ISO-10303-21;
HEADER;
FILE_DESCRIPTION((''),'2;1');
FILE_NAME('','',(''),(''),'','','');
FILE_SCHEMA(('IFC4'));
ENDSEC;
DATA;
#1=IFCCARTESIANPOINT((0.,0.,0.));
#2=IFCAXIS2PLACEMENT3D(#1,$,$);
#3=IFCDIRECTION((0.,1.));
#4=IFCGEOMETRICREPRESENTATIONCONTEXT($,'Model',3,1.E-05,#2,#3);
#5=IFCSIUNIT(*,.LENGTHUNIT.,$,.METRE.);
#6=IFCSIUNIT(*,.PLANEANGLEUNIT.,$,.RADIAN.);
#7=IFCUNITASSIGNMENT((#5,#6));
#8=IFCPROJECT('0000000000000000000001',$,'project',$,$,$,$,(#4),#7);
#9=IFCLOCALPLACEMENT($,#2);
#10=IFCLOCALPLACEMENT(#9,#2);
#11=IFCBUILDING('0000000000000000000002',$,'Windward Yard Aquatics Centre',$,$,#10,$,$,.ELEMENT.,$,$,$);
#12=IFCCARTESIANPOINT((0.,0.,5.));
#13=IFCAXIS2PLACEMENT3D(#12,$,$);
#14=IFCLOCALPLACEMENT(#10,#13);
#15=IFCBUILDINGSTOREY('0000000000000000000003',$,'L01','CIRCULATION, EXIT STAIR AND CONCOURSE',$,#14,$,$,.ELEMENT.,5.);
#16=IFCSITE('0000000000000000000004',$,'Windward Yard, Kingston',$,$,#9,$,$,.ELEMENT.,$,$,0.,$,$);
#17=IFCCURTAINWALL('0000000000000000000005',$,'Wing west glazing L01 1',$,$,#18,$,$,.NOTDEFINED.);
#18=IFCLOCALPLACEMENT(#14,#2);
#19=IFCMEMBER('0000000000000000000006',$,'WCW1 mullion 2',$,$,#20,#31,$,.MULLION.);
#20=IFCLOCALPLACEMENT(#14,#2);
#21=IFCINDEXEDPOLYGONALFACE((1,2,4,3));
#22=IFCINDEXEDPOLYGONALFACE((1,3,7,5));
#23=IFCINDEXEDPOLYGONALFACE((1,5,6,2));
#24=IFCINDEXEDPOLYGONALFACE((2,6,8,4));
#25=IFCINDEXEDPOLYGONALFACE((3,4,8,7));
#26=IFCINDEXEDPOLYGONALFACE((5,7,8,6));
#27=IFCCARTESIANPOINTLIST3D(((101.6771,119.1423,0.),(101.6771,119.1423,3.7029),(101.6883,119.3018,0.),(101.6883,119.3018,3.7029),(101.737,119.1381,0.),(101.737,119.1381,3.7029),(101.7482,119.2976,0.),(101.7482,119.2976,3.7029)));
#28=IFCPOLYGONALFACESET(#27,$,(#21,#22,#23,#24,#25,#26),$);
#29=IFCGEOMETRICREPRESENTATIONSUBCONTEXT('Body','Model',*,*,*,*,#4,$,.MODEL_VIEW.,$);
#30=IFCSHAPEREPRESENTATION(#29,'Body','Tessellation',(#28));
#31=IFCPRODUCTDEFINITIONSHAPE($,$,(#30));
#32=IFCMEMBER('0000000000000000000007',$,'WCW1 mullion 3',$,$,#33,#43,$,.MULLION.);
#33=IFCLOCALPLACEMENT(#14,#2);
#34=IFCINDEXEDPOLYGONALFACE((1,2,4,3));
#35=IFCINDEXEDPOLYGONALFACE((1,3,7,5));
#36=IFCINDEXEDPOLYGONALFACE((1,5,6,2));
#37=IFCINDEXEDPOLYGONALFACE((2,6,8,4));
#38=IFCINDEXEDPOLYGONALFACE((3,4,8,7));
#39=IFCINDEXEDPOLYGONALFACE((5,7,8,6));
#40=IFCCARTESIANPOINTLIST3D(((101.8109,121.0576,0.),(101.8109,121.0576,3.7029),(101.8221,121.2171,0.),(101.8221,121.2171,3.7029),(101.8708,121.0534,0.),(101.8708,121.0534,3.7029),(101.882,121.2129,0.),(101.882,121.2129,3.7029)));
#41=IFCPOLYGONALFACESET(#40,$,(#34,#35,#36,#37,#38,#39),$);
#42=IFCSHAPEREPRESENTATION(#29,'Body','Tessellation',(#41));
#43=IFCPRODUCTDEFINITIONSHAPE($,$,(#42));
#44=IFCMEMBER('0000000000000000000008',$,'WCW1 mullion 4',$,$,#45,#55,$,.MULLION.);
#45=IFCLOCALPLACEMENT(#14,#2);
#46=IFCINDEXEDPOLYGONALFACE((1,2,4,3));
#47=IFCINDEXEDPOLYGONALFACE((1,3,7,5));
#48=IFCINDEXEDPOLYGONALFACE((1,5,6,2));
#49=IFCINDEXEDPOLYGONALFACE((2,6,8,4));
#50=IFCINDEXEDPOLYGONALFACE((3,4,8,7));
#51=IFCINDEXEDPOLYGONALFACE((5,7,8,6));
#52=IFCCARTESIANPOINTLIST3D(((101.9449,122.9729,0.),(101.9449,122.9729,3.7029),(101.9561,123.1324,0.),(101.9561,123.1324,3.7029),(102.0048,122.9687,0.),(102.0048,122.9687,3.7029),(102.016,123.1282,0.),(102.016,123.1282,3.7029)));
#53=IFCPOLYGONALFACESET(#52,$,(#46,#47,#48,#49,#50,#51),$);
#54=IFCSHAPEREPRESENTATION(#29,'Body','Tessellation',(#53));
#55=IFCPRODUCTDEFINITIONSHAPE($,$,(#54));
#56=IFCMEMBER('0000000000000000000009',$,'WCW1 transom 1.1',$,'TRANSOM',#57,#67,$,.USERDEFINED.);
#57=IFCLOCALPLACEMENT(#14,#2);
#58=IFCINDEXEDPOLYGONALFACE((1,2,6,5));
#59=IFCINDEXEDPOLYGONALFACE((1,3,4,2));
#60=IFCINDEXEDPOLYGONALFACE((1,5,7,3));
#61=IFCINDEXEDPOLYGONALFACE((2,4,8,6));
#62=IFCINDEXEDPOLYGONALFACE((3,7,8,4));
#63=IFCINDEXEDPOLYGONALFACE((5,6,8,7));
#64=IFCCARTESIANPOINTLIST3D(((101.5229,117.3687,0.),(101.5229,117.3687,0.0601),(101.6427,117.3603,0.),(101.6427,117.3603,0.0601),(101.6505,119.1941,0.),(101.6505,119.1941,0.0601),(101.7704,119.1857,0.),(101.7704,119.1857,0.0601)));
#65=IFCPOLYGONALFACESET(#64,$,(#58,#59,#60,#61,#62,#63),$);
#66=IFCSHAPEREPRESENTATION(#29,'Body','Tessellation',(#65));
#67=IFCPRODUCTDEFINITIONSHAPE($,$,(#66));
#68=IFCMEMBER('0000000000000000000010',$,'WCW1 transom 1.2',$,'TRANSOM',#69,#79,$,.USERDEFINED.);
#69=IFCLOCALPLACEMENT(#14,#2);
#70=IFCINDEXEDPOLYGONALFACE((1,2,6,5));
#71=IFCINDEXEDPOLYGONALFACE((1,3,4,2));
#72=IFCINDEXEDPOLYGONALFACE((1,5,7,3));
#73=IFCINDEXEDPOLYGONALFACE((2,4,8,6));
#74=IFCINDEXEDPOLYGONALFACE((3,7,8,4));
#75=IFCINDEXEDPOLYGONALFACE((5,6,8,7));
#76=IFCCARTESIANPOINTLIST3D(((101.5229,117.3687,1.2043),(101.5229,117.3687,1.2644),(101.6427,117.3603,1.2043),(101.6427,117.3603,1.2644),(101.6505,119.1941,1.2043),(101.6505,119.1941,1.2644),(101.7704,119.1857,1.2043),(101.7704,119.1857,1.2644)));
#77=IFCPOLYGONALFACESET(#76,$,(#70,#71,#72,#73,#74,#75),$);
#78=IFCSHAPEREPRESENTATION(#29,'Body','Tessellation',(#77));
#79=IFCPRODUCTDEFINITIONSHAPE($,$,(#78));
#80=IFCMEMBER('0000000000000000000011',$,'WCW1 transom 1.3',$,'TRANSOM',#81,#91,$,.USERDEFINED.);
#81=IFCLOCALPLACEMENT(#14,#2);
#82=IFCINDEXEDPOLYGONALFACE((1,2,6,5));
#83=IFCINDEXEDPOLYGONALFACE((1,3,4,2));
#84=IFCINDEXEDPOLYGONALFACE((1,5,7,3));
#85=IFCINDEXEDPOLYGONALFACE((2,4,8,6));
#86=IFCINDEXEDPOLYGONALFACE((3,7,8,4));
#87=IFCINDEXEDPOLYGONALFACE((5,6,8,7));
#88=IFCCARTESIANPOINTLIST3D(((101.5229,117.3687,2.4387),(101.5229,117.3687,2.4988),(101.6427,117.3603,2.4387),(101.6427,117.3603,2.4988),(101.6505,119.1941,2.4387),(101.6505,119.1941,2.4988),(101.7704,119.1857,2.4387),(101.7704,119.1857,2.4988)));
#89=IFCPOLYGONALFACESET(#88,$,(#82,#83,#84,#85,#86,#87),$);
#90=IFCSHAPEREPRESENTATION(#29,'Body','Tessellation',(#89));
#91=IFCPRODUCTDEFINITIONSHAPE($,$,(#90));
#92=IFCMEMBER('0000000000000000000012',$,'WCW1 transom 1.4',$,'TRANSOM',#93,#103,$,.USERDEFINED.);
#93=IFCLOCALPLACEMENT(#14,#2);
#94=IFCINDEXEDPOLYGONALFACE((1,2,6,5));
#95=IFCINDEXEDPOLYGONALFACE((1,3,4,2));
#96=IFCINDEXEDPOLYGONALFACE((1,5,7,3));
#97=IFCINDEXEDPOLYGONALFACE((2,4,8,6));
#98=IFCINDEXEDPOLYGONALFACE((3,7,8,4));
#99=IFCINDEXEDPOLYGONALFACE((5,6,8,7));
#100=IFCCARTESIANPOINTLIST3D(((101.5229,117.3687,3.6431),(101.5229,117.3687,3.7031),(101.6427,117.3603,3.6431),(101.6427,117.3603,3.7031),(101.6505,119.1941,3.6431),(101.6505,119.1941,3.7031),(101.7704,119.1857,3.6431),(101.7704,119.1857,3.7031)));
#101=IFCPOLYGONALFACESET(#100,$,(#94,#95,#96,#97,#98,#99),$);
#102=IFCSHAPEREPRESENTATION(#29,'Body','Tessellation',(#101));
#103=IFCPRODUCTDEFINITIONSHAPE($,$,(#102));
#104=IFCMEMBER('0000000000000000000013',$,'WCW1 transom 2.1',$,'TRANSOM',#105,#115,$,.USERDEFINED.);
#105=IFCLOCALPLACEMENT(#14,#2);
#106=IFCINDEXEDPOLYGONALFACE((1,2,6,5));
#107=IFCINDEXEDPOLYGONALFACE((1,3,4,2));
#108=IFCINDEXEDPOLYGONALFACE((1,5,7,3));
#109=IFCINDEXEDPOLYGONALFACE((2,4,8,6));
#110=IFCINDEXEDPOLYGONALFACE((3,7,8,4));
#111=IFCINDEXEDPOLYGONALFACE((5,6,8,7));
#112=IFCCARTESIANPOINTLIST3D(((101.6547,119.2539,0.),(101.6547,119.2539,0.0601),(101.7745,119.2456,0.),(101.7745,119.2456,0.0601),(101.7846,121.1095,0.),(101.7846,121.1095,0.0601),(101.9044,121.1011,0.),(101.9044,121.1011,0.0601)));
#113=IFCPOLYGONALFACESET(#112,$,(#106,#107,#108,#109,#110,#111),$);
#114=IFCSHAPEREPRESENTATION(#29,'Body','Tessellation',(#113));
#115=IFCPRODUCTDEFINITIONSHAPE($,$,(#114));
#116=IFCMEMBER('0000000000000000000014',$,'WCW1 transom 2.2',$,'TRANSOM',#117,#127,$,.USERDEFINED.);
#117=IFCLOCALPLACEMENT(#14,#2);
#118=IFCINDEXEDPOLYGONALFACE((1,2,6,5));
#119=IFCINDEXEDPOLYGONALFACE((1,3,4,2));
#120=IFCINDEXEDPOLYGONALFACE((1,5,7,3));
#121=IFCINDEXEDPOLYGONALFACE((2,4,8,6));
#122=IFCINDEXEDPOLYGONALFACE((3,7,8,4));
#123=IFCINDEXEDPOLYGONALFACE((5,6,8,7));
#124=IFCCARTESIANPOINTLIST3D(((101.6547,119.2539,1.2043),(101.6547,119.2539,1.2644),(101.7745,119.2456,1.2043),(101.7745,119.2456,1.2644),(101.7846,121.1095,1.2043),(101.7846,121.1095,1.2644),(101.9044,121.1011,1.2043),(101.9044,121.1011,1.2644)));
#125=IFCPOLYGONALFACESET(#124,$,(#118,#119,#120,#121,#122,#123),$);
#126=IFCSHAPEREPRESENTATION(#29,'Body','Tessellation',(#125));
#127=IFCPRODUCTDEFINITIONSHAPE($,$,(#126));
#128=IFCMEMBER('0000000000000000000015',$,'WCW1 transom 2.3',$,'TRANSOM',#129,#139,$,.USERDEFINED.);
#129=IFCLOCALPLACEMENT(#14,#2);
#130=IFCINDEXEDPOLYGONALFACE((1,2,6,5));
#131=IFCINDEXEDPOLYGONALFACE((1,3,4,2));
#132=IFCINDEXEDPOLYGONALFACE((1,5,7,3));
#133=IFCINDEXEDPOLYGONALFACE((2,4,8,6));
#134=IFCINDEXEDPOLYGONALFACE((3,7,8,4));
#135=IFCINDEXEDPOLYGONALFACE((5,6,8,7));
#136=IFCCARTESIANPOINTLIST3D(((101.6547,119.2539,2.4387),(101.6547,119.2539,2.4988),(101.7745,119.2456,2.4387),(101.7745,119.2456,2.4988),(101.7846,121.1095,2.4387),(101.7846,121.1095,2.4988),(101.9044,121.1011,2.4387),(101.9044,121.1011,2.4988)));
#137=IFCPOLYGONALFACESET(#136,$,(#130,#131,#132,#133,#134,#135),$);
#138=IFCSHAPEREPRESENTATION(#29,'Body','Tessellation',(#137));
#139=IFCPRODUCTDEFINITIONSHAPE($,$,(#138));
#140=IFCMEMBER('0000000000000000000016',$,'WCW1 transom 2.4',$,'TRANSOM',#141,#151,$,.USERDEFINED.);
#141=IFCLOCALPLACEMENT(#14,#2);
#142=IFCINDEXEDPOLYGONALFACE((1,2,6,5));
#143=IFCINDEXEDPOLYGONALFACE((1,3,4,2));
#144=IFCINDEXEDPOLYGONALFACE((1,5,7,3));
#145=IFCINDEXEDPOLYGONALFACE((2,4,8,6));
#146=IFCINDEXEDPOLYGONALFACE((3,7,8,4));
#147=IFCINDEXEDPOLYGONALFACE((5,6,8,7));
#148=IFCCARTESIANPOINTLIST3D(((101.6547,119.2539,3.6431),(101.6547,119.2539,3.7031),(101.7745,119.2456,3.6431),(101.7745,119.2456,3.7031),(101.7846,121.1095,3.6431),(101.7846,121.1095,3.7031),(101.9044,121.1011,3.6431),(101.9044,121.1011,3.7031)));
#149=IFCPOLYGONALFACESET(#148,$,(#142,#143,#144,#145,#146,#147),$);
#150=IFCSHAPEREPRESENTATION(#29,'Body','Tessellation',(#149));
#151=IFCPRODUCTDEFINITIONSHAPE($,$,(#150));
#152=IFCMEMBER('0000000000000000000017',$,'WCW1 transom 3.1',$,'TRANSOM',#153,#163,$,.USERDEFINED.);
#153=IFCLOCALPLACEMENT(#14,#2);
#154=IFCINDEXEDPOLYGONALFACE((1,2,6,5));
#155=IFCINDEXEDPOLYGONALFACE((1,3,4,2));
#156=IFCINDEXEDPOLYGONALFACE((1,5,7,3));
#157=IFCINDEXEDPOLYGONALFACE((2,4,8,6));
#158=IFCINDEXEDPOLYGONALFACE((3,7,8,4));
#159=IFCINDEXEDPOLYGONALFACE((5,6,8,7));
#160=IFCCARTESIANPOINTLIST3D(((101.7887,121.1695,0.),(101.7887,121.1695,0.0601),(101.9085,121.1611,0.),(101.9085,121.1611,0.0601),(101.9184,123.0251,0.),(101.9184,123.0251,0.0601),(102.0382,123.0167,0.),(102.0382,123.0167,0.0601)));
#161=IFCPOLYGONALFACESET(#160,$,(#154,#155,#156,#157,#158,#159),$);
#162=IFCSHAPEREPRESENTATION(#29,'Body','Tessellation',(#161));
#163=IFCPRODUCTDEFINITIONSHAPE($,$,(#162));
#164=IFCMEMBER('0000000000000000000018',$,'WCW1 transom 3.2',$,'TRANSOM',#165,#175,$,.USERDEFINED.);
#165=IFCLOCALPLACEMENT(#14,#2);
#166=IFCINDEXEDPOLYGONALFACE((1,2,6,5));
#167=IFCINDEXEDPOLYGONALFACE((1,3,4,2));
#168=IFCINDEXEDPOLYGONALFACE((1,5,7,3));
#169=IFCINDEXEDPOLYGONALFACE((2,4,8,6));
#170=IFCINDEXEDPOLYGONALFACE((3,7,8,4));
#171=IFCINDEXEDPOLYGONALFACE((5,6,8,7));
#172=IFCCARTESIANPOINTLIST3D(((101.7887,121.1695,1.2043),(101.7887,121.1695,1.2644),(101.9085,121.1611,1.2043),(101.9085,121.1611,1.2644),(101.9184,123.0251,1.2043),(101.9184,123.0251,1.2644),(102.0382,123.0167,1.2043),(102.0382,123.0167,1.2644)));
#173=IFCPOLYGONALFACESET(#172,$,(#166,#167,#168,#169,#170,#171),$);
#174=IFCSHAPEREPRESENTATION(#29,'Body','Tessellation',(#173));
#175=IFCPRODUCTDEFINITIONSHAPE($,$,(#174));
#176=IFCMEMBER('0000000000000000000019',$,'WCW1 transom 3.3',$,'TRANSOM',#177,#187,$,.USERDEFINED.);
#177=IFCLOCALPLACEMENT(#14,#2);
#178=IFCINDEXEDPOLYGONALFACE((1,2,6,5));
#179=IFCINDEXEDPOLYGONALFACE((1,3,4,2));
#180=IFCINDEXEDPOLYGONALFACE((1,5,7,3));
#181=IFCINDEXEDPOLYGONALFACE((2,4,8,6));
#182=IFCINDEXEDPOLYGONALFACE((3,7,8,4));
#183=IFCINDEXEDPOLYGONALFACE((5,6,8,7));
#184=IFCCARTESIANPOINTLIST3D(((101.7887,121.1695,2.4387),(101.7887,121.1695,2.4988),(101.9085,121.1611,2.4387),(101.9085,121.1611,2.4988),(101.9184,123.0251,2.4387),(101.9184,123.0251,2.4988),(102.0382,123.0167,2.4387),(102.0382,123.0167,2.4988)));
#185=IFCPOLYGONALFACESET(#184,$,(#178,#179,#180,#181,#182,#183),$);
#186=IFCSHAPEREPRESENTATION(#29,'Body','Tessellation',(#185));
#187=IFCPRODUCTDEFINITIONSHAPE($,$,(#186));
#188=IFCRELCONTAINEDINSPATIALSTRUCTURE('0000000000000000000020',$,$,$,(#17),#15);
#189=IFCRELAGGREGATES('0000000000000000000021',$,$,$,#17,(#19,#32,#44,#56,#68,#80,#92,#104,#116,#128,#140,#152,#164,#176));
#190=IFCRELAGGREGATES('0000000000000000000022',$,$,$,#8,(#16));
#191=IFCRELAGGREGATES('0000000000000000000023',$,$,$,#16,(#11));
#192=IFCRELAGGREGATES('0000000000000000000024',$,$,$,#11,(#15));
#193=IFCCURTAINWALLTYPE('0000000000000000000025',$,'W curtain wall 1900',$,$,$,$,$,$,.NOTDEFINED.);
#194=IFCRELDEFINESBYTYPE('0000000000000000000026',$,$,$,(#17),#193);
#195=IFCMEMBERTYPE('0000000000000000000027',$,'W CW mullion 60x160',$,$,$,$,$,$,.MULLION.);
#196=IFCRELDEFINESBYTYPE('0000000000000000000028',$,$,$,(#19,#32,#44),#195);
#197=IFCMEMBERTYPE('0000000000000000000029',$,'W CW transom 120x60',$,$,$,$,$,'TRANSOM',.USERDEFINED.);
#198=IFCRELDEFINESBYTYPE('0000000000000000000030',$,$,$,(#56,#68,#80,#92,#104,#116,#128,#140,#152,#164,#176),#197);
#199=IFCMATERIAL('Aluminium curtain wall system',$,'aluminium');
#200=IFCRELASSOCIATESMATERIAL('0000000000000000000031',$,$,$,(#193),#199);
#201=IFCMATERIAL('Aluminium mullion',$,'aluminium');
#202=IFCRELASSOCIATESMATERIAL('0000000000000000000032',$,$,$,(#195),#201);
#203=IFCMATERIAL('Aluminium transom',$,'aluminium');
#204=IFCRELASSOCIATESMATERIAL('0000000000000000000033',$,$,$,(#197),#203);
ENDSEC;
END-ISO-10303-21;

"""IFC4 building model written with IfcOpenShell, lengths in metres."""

from ifc_helpers import new_model, si_unit, direction, frame, origin, origin_2d, place, context, subcontext, project, spatial, rectangle, extrude, material, material_profile, profile_set, type_object, element, aggregate, save


model = new_model("IFC4")

# Units and contexts
model_context = context("Model", 3, precision=1e-05, world=origin(), true_north=direction((0.0, 1.0)))
body_context = subcontext(model_context, "Body", "Model", "MODEL_VIEW")
ifc_project = project(units=[si_unit("LENGTHUNIT", "METRE"), si_unit("PLANEANGLEUNIT", "RADIAN")], contexts=[model_context])

# Site, building, storey
site_placement = place(None, origin())
site = spatial("IfcSite", under=ifc_project, at=site_placement, Name="Windward Yard, Kingston", CompositionType="ELEMENT", RefElevation=0.0)
building_placement = place(site_placement, origin())
building = spatial("IfcBuilding", under=site, at=building_placement, Name="Windward Yard Aquatics Centre", CompositionType="ELEMENT")
storey_placement = place(building_placement, frame((0.0, 0.0, 5.0)))
storey = spatial("IfcBuildingStorey", under=building, at=storey_placement, Name="L01", Description="CIRCULATION, EXIT STAIR AND CONCOURSE", CompositionType="ELEMENT", Elevation=5.0)

# Curtain wall, members
ifc_material_1 = material(Name="Aluminium curtain wall system", Category="aluminium")
curtain_wall_type = type_object("IfcCurtainWallType", Name="W curtain wall 1900", PredefinedType="NOTDEFINED", material=ifc_material_1)
curtain_wall_placement = place(storey_placement, origin())
curtain_wall = element("IfcCurtainWall", 1, at=curtain_wall_placement, inside=storey, type_object=curtain_wall_type, Name="Wing west glazing L01 1", PredefinedType="NOTDEFINED")
ifc_material_2 = material(Name="Aluminium mullion", Category="aluminium")
ifc_material_profile_1 = material_profile(ifc_material_2, rectangle(XDim=0.0601, YDim=0.1599, at=origin_2d()), Name="AL 60x160")
ifc_profile_set_1 = profile_set([ifc_material_profile_1], Name="Aluminium mullion")
member_type_1 = type_object("IfcMemberType", Name="W CW mullion 60x160", PredefinedType="MULLION", material=ifc_profile_set_1)
member_1_placement = place(storey_placement, frame((101.7126, 119.22, 0.0), z_axis=(0.0, 0.0, 1.0), x_axis=(-0.997564, 0.069755, 0.0)))
member_1 = element("IfcMember", 2, at=member_1_placement, type_object=member_type_1, Name="WCW1 mullion 2", PredefinedType="MULLION", context=body_context, shape_type="SweptSolid", body=[
    extrude(rectangle(XDim=0.0601, YDim=0.1599, at=origin_2d()), origin(), (0.0, 0.0, 1.0), 3.7029),
])
member_2_placement = place(storey_placement, frame((101.8464, 121.1353, 0.0), z_axis=(0.0, 0.0, 1.0), x_axis=(-0.997564, 0.069755, 0.0)))
member_2 = element("IfcMember", 3, at=member_2_placement, type_object=member_type_1, Name="WCW1 mullion 3", PredefinedType="MULLION", context=body_context, shape_type="SweptSolid", body=[
    extrude(rectangle(XDim=0.0601, YDim=0.1599, at=origin_2d()), origin(), (0.0, 0.0, 1.0), 3.7029),
])
member_3_placement = place(storey_placement, frame((101.9805, 123.0505, 0.0), z_axis=(0.0, 0.0, 1.0), x_axis=(-0.997564, 0.069755, 0.0)))
member_3 = element("IfcMember", 4, at=member_3_placement, type_object=member_type_1, Name="WCW1 mullion 4", PredefinedType="MULLION", context=body_context, shape_type="SweptSolid", body=[
    extrude(rectangle(XDim=0.0601, YDim=0.1599, at=origin_2d()), origin(), (0.0, 0.0, 1.0), 3.7029),
])
ifc_material_3 = material(Name="Aluminium transom", Category="aluminium")
ifc_material_profile_2 = material_profile(ifc_material_3, rectangle(XDim=0.1201, YDim=0.0601, at=origin_2d()), Name="AL 120x60")
ifc_profile_set_2 = profile_set([ifc_material_profile_2], Name="Aluminium transom")
member_type_2 = type_object("IfcMemberType", Name="W CW transom 120x60", ElementType="TRANSOM", PredefinedType="USERDEFINED", material=ifc_profile_set_2)
member_4_placement = place(storey_placement, frame((101.5828, 117.3645, 0.03), z_axis=(0.069777, 0.997563, 0.0), x_axis=(-0.997563, 0.069777, 0.0)))
member_4 = element("IfcMember", 5, at=member_4_placement, type_object=member_type_2, Name="WCW1 transom 1.1", ObjectType="TRANSOM", PredefinedType="USERDEFINED", context=body_context, shape_type="SweptSolid", body=[
    extrude(rectangle(XDim=0.1201, YDim=0.0601, at=origin_2d()), origin(), (0.0, 0.0, 1.0), 1.8298),
])
member_5_placement = place(storey_placement, frame((101.5828, 117.3645, 1.2344), z_axis=(0.069777, 0.997563, 0.0), x_axis=(-0.997563, 0.069777, 0.0)))
member_5 = element("IfcMember", 6, at=member_5_placement, type_object=member_type_2, Name="WCW1 transom 1.2", ObjectType="TRANSOM", PredefinedType="USERDEFINED", context=body_context, shape_type="SweptSolid", body=[
    extrude(rectangle(XDim=0.1201, YDim=0.0601, at=origin_2d()), origin(), (0.0, 0.0, 1.0), 1.8298),
])
member_6_placement = place(storey_placement, frame((101.5828, 117.3645, 2.4688), z_axis=(0.069777, 0.997563, 0.0), x_axis=(-0.997563, 0.069777, 0.0)))
member_6 = element("IfcMember", 7, at=member_6_placement, type_object=member_type_2, Name="WCW1 transom 1.3", ObjectType="TRANSOM", PredefinedType="USERDEFINED", context=body_context, shape_type="SweptSolid", body=[
    extrude(rectangle(XDim=0.1201, YDim=0.0601, at=origin_2d()), origin(), (0.0, 0.0, 1.0), 1.8298),
])
member_7_placement = place(storey_placement, frame((101.5828, 117.3645, 3.6731), z_axis=(0.069777, 0.997563, 0.0), x_axis=(-0.997563, 0.069777, 0.0)))
member_7 = element("IfcMember", 8, at=member_7_placement, type_object=member_type_2, Name="WCW1 transom 1.4", ObjectType="TRANSOM", PredefinedType="USERDEFINED", context=body_context, shape_type="SweptSolid", body=[
    extrude(rectangle(XDim=0.1201, YDim=0.0601, at=origin_2d()), origin(), (0.0, 0.0, 1.0), 1.8298),
])
member_8_placement = place(storey_placement, frame((101.7146, 119.2498, 0.03), z_axis=(0.069829, 0.997559, 0.0), x_axis=(-0.997559, 0.069829, 0.0)))
member_8 = element("IfcMember", 9, at=member_8_placement, type_object=member_type_2, Name="WCW1 transom 2.1", ObjectType="TRANSOM", PredefinedType="USERDEFINED", context=body_context, shape_type="SweptSolid", body=[
    extrude(rectangle(XDim=0.1201, YDim=0.0601, at=origin_2d()), origin(), (0.0, 0.0, 1.0), 1.8601),
])
member_9_placement = place(storey_placement, frame((101.7146, 119.2498, 1.2344), z_axis=(0.069829, 0.997559, 0.0), x_axis=(-0.997559, 0.069829, 0.0)))
member_9 = element("IfcMember", 10, at=member_9_placement, type_object=member_type_2, Name="WCW1 transom 2.2", ObjectType="TRANSOM", PredefinedType="USERDEFINED", context=body_context, shape_type="SweptSolid", body=[
    extrude(rectangle(XDim=0.1201, YDim=0.0601, at=origin_2d()), origin(), (0.0, 0.0, 1.0), 1.8601),
])
member_10_placement = place(storey_placement, frame((101.7146, 119.2498, 2.4688), z_axis=(0.069829, 0.997559, 0.0), x_axis=(-0.997559, 0.069829, 0.0)))
member_10 = element("IfcMember", 11, at=member_10_placement, type_object=member_type_2, Name="WCW1 transom 2.3", ObjectType="TRANSOM", PredefinedType="USERDEFINED", context=body_context, shape_type="SweptSolid", body=[
    extrude(rectangle(XDim=0.1201, YDim=0.0601, at=origin_2d()), origin(), (0.0, 0.0, 1.0), 1.8601),
])
member_11_placement = place(storey_placement, frame((101.7146, 119.2498, 3.6731), z_axis=(0.069829, 0.997559, 0.0), x_axis=(-0.997559, 0.069829, 0.0)))
member_11 = element("IfcMember", 12, at=member_11_placement, type_object=member_type_2, Name="WCW1 transom 2.4", ObjectType="TRANSOM", PredefinedType="USERDEFINED", context=body_context, shape_type="SweptSolid", body=[
    extrude(rectangle(XDim=0.1201, YDim=0.0601, at=origin_2d()), origin(), (0.0, 0.0, 1.0), 1.8601),
])
member_12_placement = place(storey_placement, frame((101.8486, 121.1653, 0.03), z_axis=(0.069699, 0.997568, 0.0), x_axis=(-0.997568, 0.069699, 0.0)))
member_12 = element("IfcMember", 13, at=member_12_placement, type_object=member_type_2, Name="WCW1 transom 3.1", ObjectType="TRANSOM", PredefinedType="USERDEFINED", context=body_context, shape_type="SweptSolid", body=[
    extrude(rectangle(XDim=0.1201, YDim=0.0601, at=origin_2d()), origin(), (0.0, 0.0, 1.0), 1.8601),
])
member_13_placement = place(storey_placement, frame((101.8486, 121.1653, 1.2344), z_axis=(0.069699, 0.997568, 0.0), x_axis=(-0.997568, 0.069699, 0.0)))
member_13 = element("IfcMember", 14, at=member_13_placement, type_object=member_type_2, Name="WCW1 transom 3.2", ObjectType="TRANSOM", PredefinedType="USERDEFINED", context=body_context, shape_type="SweptSolid", body=[
    extrude(rectangle(XDim=0.1201, YDim=0.0601, at=origin_2d()), origin(), (0.0, 0.0, 1.0), 1.8601),
])
member_14_placement = place(storey_placement, frame((101.8486, 121.1653, 2.4688), z_axis=(0.069699, 0.997568, 0.0), x_axis=(-0.997568, 0.069699, 0.0)))
member_14 = element("IfcMember", 15, at=member_14_placement, type_object=member_type_2, Name="WCW1 transom 3.3", ObjectType="TRANSOM", PredefinedType="USERDEFINED", context=body_context, shape_type="SweptSolid", body=[
    extrude(rectangle(XDim=0.1201, YDim=0.0601, at=origin_2d()), origin(), (0.0, 0.0, 1.0), 1.8601),
])
aggregate(curtain_wall, [member_1, member_2, member_3, member_4, member_5, member_6, member_7, member_8, member_9, member_10, member_11, member_12, member_13, member_14])

save(model, "model.ifc")
